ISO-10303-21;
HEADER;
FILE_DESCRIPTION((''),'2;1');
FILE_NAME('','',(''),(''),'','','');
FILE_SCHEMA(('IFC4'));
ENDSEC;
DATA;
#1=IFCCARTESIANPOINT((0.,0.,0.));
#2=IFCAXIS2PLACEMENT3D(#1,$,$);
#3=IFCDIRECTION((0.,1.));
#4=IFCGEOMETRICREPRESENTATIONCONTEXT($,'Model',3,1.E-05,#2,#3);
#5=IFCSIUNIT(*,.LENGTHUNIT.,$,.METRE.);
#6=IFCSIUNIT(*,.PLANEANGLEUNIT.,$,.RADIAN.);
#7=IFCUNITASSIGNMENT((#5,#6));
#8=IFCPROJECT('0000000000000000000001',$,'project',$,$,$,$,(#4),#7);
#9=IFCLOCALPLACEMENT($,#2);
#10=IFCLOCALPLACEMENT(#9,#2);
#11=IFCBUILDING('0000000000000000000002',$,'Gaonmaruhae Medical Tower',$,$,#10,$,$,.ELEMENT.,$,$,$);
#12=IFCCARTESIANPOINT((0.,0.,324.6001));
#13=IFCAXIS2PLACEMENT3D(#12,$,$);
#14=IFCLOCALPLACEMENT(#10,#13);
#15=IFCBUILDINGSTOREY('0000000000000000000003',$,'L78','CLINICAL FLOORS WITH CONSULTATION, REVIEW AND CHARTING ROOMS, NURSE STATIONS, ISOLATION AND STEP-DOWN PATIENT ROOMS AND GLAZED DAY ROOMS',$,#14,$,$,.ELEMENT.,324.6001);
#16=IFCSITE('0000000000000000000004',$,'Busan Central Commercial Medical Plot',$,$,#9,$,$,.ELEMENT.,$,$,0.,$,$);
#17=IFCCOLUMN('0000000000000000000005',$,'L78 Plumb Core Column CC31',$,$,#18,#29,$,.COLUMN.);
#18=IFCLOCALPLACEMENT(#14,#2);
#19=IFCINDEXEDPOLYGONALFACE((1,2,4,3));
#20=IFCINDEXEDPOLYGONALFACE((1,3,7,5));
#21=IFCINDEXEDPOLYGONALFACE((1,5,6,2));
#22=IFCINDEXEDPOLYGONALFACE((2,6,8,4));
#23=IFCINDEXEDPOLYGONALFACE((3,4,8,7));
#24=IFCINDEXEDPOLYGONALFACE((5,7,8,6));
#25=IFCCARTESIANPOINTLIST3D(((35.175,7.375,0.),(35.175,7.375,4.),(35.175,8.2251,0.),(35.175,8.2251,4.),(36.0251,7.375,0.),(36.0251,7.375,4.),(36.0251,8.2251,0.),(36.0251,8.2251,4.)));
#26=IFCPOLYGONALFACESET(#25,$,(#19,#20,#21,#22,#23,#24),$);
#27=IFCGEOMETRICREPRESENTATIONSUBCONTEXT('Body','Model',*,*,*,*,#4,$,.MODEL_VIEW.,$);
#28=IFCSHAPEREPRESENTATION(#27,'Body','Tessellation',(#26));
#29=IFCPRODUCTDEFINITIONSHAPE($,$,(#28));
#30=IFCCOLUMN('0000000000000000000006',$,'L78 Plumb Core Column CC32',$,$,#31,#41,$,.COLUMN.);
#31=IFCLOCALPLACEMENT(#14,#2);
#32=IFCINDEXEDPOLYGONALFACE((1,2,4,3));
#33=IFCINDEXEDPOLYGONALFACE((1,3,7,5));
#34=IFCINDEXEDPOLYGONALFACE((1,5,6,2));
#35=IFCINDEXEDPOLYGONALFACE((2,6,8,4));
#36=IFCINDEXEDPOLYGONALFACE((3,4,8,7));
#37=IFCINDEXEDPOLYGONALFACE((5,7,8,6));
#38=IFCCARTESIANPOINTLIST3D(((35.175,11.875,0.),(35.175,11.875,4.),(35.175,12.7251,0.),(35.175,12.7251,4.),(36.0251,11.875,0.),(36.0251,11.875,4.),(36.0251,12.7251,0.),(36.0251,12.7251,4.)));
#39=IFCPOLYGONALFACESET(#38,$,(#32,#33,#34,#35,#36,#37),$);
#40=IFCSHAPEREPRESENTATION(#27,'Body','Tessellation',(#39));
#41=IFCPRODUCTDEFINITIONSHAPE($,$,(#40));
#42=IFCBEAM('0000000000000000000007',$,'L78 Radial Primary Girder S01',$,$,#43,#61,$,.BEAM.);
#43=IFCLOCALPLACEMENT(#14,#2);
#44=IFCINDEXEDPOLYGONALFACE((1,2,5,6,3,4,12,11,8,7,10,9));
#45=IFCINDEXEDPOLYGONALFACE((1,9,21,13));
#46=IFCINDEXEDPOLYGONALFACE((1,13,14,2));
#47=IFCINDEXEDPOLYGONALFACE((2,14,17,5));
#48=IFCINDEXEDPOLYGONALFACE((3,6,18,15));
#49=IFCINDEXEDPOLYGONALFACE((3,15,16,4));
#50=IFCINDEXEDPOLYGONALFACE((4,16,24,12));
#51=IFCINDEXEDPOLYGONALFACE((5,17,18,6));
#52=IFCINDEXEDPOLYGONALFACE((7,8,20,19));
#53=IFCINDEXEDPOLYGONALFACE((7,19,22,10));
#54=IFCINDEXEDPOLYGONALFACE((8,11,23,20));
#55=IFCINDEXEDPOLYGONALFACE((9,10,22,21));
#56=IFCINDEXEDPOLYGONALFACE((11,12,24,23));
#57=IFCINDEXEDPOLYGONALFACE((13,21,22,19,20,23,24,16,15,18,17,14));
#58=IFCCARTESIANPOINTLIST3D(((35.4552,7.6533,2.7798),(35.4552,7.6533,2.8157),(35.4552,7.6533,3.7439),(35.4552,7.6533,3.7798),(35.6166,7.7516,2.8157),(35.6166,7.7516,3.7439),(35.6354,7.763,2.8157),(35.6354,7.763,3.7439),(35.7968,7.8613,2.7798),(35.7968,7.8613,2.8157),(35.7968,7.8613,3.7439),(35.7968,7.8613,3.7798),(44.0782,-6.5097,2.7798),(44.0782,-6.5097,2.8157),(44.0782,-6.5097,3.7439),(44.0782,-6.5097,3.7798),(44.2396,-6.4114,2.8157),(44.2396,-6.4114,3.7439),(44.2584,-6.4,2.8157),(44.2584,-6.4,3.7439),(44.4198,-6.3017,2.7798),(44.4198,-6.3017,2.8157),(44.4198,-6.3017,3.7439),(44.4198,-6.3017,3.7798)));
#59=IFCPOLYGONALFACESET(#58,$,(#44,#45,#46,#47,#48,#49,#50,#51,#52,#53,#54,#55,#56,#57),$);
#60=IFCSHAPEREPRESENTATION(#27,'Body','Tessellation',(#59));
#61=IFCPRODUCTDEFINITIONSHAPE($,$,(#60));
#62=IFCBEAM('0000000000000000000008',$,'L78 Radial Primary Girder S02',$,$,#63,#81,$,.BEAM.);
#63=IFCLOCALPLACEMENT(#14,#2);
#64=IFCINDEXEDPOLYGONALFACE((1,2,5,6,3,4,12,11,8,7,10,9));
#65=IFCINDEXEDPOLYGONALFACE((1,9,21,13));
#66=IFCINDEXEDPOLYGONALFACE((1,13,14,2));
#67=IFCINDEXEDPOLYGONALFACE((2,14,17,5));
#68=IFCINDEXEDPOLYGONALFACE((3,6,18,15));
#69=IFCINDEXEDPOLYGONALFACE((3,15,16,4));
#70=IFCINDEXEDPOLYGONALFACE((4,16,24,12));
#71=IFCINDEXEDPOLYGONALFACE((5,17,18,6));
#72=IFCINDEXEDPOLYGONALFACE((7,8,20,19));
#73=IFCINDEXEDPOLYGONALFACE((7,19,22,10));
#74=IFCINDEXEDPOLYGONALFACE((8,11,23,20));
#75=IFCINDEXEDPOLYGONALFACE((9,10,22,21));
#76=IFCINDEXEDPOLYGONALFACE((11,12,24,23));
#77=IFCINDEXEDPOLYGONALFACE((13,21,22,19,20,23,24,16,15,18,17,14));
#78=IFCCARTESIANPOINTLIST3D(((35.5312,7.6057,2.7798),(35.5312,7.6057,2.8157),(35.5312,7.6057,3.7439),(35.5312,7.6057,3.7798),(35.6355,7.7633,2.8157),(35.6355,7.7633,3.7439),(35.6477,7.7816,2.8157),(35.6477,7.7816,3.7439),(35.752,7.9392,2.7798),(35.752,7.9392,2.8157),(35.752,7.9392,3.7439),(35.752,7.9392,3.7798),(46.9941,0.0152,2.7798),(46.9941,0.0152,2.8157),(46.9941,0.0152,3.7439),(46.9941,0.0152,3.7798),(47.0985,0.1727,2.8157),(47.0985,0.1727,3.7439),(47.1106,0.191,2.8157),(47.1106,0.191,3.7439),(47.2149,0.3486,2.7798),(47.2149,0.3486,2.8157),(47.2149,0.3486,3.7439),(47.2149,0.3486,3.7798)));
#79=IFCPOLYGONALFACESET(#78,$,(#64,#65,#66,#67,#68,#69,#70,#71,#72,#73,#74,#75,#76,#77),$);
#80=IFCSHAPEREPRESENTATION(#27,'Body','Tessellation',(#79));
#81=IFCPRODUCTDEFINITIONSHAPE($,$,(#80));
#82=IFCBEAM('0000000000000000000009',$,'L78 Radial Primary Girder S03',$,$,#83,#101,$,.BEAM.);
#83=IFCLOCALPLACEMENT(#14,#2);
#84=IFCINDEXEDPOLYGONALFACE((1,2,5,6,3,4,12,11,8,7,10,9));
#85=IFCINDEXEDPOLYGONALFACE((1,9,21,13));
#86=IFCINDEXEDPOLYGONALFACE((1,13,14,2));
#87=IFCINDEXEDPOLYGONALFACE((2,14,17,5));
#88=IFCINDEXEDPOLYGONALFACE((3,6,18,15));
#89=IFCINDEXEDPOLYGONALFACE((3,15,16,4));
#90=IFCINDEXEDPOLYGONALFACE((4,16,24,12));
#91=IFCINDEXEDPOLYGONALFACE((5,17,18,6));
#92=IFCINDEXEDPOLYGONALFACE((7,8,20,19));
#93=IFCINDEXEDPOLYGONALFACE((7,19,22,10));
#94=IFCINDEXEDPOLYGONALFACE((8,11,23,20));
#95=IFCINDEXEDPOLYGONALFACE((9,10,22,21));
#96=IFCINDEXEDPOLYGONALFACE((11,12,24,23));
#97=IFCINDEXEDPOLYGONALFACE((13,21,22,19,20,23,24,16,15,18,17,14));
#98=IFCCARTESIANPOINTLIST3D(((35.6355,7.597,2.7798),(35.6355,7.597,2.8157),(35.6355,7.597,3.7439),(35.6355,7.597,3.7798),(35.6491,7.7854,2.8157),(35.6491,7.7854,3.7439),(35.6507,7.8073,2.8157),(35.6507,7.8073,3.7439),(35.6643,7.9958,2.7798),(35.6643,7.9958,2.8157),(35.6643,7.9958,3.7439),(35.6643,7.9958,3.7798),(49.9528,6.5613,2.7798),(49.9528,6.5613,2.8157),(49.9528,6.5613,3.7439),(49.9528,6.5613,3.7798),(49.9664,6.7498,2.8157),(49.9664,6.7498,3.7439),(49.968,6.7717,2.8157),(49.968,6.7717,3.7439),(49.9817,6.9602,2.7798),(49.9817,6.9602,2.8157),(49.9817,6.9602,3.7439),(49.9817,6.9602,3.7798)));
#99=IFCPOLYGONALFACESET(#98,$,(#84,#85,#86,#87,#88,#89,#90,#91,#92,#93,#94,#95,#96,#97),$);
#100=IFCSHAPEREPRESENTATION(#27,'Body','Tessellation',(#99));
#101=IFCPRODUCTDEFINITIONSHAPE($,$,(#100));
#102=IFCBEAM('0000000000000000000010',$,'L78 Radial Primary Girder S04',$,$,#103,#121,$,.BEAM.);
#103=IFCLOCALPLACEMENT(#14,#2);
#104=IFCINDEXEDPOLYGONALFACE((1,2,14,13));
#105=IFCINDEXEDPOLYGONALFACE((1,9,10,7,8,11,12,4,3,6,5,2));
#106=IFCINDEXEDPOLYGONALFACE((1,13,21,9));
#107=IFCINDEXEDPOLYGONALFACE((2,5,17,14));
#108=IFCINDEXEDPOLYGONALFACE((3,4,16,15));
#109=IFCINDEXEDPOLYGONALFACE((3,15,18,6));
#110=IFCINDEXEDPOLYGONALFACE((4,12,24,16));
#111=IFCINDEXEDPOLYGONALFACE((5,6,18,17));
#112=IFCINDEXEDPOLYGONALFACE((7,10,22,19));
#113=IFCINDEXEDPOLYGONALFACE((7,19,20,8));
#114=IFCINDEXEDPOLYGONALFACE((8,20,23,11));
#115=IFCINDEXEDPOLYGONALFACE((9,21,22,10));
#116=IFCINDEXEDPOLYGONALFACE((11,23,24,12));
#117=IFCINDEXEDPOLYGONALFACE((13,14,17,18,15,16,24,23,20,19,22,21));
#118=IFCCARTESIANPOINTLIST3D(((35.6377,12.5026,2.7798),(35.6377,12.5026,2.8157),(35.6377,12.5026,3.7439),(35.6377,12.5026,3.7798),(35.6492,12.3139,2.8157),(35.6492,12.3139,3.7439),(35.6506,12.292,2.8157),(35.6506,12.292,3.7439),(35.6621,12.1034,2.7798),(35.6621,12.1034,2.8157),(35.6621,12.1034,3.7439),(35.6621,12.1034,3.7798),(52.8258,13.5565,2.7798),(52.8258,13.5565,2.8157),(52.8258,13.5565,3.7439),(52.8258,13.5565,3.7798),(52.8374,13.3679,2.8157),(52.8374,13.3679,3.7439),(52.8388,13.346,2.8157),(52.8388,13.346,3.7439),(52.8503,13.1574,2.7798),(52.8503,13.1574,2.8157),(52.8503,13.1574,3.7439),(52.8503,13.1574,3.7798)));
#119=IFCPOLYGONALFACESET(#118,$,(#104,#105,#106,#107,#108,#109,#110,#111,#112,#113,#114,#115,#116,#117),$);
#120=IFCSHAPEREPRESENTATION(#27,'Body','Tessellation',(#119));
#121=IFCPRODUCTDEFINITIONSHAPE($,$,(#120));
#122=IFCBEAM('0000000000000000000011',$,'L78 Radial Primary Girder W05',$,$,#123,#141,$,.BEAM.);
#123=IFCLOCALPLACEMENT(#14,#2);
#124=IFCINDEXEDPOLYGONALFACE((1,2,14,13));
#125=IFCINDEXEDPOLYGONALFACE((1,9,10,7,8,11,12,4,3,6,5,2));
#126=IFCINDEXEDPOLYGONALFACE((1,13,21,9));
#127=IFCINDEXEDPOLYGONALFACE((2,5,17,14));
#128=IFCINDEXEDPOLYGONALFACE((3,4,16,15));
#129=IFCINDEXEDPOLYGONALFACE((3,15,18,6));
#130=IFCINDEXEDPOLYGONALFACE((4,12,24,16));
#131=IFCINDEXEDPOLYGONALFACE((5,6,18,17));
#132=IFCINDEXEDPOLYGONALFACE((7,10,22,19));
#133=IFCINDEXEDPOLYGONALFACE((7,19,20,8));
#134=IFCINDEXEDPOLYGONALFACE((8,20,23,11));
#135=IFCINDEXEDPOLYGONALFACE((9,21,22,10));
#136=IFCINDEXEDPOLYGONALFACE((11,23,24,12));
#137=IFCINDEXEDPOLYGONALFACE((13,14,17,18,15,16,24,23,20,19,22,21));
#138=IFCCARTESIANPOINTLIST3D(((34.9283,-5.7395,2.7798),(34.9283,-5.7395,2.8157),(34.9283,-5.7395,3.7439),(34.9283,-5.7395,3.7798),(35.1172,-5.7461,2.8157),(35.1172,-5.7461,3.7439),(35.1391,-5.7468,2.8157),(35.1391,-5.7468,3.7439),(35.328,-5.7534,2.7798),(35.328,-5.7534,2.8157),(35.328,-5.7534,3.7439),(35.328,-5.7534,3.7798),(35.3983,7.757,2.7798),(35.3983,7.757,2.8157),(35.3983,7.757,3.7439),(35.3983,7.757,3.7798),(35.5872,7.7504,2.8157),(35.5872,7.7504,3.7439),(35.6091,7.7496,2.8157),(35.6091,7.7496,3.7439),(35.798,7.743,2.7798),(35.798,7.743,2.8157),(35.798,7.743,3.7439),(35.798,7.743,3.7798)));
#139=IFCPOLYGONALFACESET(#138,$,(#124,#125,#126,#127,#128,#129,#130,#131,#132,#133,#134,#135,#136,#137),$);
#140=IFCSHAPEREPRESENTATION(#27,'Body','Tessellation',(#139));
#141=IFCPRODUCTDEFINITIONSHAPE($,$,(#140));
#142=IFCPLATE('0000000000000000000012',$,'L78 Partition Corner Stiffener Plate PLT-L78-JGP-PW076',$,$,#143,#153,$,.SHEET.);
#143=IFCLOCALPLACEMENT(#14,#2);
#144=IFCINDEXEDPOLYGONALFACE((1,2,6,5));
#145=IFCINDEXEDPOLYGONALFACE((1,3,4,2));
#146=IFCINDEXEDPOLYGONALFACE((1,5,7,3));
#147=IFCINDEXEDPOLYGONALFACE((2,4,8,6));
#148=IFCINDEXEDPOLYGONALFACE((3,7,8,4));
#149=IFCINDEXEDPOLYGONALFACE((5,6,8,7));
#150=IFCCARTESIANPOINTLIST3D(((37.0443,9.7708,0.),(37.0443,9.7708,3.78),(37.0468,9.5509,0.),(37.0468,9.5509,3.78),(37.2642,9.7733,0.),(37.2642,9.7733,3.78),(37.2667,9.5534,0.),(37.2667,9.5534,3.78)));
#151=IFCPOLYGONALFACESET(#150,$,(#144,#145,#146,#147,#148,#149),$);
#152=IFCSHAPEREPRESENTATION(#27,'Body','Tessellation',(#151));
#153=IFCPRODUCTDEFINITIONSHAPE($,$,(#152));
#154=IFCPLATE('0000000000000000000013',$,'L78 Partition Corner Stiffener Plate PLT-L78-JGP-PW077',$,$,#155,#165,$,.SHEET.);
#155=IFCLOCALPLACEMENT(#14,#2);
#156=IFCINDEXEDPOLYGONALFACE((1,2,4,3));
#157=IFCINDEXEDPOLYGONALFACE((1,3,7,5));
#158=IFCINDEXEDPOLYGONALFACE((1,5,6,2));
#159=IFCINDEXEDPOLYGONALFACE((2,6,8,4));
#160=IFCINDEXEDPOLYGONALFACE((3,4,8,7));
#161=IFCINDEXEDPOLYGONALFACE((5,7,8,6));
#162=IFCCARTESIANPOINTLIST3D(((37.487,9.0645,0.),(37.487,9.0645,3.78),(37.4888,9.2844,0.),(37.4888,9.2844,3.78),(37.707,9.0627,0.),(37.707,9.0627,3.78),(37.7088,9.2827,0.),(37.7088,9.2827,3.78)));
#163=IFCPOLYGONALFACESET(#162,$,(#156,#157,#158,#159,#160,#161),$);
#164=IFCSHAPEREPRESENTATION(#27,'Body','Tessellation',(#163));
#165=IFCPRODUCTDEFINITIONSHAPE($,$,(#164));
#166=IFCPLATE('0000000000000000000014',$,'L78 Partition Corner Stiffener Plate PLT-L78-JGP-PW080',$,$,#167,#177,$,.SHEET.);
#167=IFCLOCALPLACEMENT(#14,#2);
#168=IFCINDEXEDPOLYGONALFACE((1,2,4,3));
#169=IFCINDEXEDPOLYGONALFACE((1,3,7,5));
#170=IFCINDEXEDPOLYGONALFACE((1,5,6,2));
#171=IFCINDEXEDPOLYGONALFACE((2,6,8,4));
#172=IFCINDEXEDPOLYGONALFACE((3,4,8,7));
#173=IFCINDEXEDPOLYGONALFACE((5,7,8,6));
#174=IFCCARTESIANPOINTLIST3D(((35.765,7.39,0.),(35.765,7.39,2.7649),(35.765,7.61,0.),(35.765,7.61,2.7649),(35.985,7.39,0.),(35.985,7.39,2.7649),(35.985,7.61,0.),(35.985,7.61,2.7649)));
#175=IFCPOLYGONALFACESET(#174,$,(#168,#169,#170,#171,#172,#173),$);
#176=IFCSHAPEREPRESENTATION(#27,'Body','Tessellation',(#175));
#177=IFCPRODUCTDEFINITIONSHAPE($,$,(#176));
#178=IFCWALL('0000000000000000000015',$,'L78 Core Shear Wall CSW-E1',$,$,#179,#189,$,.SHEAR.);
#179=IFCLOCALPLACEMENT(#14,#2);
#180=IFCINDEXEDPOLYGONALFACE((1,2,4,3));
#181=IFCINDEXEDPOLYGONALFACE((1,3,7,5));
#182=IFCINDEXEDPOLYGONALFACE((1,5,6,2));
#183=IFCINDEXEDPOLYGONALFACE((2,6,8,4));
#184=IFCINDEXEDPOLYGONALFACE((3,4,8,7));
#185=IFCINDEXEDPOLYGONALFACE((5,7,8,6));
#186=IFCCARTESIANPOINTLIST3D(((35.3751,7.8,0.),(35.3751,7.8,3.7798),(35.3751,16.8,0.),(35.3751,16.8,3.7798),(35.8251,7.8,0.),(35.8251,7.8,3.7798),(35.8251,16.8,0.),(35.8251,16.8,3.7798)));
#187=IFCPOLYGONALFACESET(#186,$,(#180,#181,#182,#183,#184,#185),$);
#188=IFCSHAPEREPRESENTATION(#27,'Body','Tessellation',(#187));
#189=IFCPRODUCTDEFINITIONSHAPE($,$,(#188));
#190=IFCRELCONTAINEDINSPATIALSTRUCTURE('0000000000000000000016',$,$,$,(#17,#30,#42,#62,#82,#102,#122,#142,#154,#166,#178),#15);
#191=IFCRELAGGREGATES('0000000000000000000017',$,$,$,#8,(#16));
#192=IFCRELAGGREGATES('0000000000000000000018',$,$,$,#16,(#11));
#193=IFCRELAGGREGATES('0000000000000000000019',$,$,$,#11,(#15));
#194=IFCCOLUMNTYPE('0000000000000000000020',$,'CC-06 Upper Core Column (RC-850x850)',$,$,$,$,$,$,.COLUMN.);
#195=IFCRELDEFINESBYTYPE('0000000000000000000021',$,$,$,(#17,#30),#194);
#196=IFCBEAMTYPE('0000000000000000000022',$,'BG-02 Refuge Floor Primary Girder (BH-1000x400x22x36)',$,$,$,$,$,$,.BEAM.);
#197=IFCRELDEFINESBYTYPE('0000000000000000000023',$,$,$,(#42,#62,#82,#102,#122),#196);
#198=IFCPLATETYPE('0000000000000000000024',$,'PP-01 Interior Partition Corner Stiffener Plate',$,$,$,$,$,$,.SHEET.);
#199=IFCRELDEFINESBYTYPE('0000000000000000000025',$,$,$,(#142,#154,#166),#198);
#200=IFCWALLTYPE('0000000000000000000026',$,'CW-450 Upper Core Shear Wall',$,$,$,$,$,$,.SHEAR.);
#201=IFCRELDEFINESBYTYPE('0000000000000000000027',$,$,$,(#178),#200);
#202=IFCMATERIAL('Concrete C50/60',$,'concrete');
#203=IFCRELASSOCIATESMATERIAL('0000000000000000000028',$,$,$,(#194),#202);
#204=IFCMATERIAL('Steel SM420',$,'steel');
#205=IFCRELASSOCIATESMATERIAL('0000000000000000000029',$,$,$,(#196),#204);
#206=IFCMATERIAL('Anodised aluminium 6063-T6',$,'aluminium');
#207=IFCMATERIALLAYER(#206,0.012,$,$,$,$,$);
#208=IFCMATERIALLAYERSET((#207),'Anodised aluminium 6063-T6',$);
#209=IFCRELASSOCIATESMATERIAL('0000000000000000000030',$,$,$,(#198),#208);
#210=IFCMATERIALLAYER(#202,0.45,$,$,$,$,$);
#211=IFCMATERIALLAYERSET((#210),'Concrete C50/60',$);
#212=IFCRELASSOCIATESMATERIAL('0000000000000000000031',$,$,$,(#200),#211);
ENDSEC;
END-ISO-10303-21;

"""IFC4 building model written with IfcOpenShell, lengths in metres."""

from ifc_helpers import new_model, si_unit, direction, frame, frame_2d, origin, origin_2d, place, context, subcontext, project, spatial, rectangle, i_section, extrude, material, layer, layer_set, material_profile, profile_set, type_object, element, save


model = new_model("IFC4")

# Units and contexts
model_context = context("Model", 3, precision=1e-05, world=origin(), true_north=direction((0.0, 1.0)))
body_context = subcontext(model_context, "Body", "Model", "MODEL_VIEW")
ifc_project = project(units=[si_unit("LENGTHUNIT", "METRE"), si_unit("PLANEANGLEUNIT", "RADIAN")], contexts=[model_context])

# Site, building, storey
site_placement = place(None, origin())
site = spatial("IfcSite", under=ifc_project, at=site_placement, Name="Busan Central Commercial Medical Plot", CompositionType="ELEMENT", RefElevation=0.0)
building_placement = place(site_placement, origin())
building = spatial("IfcBuilding", under=site, at=building_placement, Name="Gaonmaruhae Medical Tower", CompositionType="ELEMENT")
storey_placement = place(building_placement, frame((0.0, 0.0, 324.6001)))
storey = spatial("IfcBuildingStorey", under=building, at=storey_placement, Name="L78", Description="CLINICAL FLOORS WITH CONSULTATION, REVIEW AND CHARTING ROOMS, NURSE STATIONS, ISOLATION AND STEP-DOWN PATIENT ROOMS AND GLAZED DAY ROOMS", CompositionType="ELEMENT", Elevation=324.6001)

# Columns
ifc_material_1 = material(Name="Concrete C50/60", Category="concrete")
ifc_material_profile_1 = material_profile(ifc_material_1, rectangle(XDim=0.8501, YDim=0.8501, at=origin_2d()), Name="RC-850x850")
ifc_profile_set_1 = profile_set([ifc_material_profile_1], Name="Concrete C50/60")
column_type = type_object("IfcColumnType", Name="CC-06 Upper Core Column (RC-850x850)", PredefinedType="COLUMN", material=ifc_profile_set_1)
for number, where, z_axis, x_axis, name in (
    (1, (35.6001, 7.8, 0.0), (0.0, 0.0, 1.0), (1.0, 0.0, 0.0), "L78 Plumb Core Column CC31"),
    (2, (35.6001, 12.3, 0.0), (0.0, 0.0, 1.0), (1.0, 0.0, 0.0), "L78 Plumb Core Column CC32"),
):
    element("IfcColumn", number, at=place(storey_placement, frame(where, z_axis=z_axis, x_axis=x_axis)), inside=storey, type_object=column_type, Name=name, PredefinedType="COLUMN", context=body_context, shape_type="SweptSolid", body=[
        extrude(rectangle(XDim=0.8501, YDim=0.8501, at=origin_2d()), origin(), (0.0, 0.0, 1.0), 4.0),
    ])

# Beams
ifc_material_2 = material(Name="Steel SM420", Category="steel")
ifc_material_profile_2 = material_profile(ifc_material_2, i_section(OverallWidth=0.3999, OverallDepth=1.0, WebThickness=0.022, FlangeThickness=0.0359, at=origin_2d()), Name="BH-1000x400x22x36")
ifc_profile_set_2 = profile_set([ifc_material_profile_2], Name="Steel SM420")
beam_type = type_object("IfcBeamType", Name="BG-02 Refuge Floor Primary Girder (BH-1000x400x22x36)", PredefinedType="BEAM", material=ifc_profile_set_2)
beam_1_placement = place(storey_placement, frame((35.626, 7.7573, 3.2798), z_axis=(0.520037, -0.854144, 0.0), x_axis=(0.854144, 0.520037, 0.0)))
element("IfcBeam", 3, at=beam_1_placement, inside=storey, type_object=beam_type, Name="L78 Radial Primary Girder S01", PredefinedType="BEAM", context=body_context, shape_type="SweptSolid", body=[
    extrude(i_section(OverallWidth=0.3999, OverallDepth=1.0, WebThickness=0.022, FlangeThickness=0.0359, at=origin_2d()), origin(), (0.0, 0.0, 1.0), 16.5815),
])
beam_2_placement = place(storey_placement, frame((35.6416, 7.7725, 3.2798), z_axis=(0.83377, -0.552112, 0.0), x_axis=(0.552112, 0.83377, 0.0)))
element("IfcBeam", 4, at=beam_2_placement, inside=storey, type_object=beam_type, Name="L78 Radial Primary Girder S02", PredefinedType="BEAM", context=body_context, shape_type="SweptSolid", body=[
    extrude(i_section(OverallWidth=0.3999, OverallDepth=1.0, WebThickness=0.022, FlangeThickness=0.0359, at=origin_2d()), origin(), (0.0, 0.0, 1.0), 13.7483),
])
beam_3_placement = place(storey_placement, frame((35.6499, 7.7964, 3.2798), z_axis=(0.997394, -0.072146, 0.0), x_axis=(0.072146, 0.997394, 0.0)))
element("IfcBeam", 5, at=beam_3_placement, inside=storey, type_object=beam_type, Name="L78 Radial Primary Girder S03", PredefinedType="BEAM", context=body_context, shape_type="SweptSolid", body=[
    extrude(i_section(OverallWidth=0.3999, OverallDepth=1.0, WebThickness=0.022, FlangeThickness=0.0359, at=origin_2d()), origin(), (0.0, 0.0, 1.0), 14.3547),
])
beam_4_placement = place(storey_placement, frame((35.6499, 12.303, 3.2798), z_axis=(0.998125, 0.061203, 0.0), x_axis=(-0.061203, 0.998125, 0.0)))
element("IfcBeam", 6, at=beam_4_placement, inside=storey, type_object=beam_type, Name="L78 Radial Primary Girder S04", PredefinedType="BEAM", context=body_context, shape_type="SweptSolid", body=[
    extrude(i_section(OverallWidth=0.3999, OverallDepth=1.0, WebThickness=0.022, FlangeThickness=0.0359, at=origin_2d()), origin(), (0.0, 0.0, 1.0), 17.2205),
])
beam_5_placement = place(storey_placement, frame((35.5981, 7.75, 3.2798), z_axis=(-0.034801, -0.999394, 0.0), x_axis=(0.999394, -0.034801, 0.0)))
element("IfcBeam", 7, at=beam_5_placement, inside=storey, type_object=beam_type, Name="L78 Radial Primary Girder W05", PredefinedType="BEAM", context=body_context, shape_type="SweptSolid", body=[
    extrude(i_section(OverallWidth=0.3999, OverallDepth=1.0, WebThickness=0.022, FlangeThickness=0.0359, at=origin_2d()), origin(), (0.0, 0.0, 1.0), 13.5046),
])

# Plates
ifc_material_3 = material(Name="Anodised aluminium 6063-T6", Category="aluminium")
ifc_layer_1 = layer(ifc_material_3, 0.012)
ifc_layer_set_1 = layer_set([ifc_layer_1], Name="Anodised aluminium 6063-T6")
plate_type = type_object("IfcPlateType", Name="PP-01 Interior Partition Corner Stiffener Plate", PredefinedType="SHEET", material=ifc_layer_set_1)
for number, where, z_axis, x_axis, name in (
    (8, (37.1555, 9.6621, 0.0), (0.0, 0.0, 1.0), (0.011344, -0.999936, 0.0), "L78 Partition Corner Stiffener Plate PLT-L78-JGP-PW076"),
    (9, (37.5979, 9.1736, 0.0), (0.0, 0.0, 1.0), (0.999968, -0.008011, 0.0), "L78 Partition Corner Stiffener Plate PLT-L78-JGP-PW077"),
):
    element("IfcPlate", number, at=place(storey_placement, frame(where, z_axis=z_axis, x_axis=x_axis)), inside=storey, type_object=plate_type, Name=name, PredefinedType="SHEET", context=body_context, shape_type="SweptSolid", body=[
        extrude(rectangle(XDim=0.22, YDim=0.22, at=origin_2d()), origin(), (0.0, 0.0, 1.0), 3.78),
    ])
plate_placement = place(storey_placement, frame((35.875, 7.5, 0.0), z_axis=(0.0, 0.0, 1.0), x_axis=(1.0, 0.0, 0.0)))
element("IfcPlate", 10, at=plate_placement, inside=storey, type_object=plate_type, Name="L78 Partition Corner Stiffener Plate PLT-L78-JGP-PW080", PredefinedType="SHEET", context=body_context, shape_type="SweptSolid", body=[
    extrude(rectangle(XDim=0.22, YDim=0.22, at=origin_2d()), origin(), (0.0, 0.0, 1.0), 2.7649),
])

# Wall
ifc_layer_2 = layer(ifc_material_1, 0.45)
ifc_layer_set_2 = layer_set([ifc_layer_2], Name="Concrete C50/60")
wall_type_1 = type_object("IfcWallType", Name="CW-450 Upper Core Shear Wall", PredefinedType="SHEAR", material=ifc_layer_set_2)
wall_1_placement = place(storey_placement, frame((35.6001, 7.8, 0.0), z_axis=(0.0, 0.0, 1.0), x_axis=(0.0, 1.0, 0.0)))
element("IfcWall", 11, at=wall_1_placement, inside=storey, type_object=wall_type_1, Name="L78 Core Shear Wall CSW-E1", PredefinedType="SHEAR", context=body_context, shape_type="SweptSolid", body=[
    extrude(rectangle(XDim=9.0, YDim=0.45, at=frame_2d((4.5, 0.0))), origin(), (0.0, 0.0, 1.0), 3.7798),
])

save(model, "model.ifc")
